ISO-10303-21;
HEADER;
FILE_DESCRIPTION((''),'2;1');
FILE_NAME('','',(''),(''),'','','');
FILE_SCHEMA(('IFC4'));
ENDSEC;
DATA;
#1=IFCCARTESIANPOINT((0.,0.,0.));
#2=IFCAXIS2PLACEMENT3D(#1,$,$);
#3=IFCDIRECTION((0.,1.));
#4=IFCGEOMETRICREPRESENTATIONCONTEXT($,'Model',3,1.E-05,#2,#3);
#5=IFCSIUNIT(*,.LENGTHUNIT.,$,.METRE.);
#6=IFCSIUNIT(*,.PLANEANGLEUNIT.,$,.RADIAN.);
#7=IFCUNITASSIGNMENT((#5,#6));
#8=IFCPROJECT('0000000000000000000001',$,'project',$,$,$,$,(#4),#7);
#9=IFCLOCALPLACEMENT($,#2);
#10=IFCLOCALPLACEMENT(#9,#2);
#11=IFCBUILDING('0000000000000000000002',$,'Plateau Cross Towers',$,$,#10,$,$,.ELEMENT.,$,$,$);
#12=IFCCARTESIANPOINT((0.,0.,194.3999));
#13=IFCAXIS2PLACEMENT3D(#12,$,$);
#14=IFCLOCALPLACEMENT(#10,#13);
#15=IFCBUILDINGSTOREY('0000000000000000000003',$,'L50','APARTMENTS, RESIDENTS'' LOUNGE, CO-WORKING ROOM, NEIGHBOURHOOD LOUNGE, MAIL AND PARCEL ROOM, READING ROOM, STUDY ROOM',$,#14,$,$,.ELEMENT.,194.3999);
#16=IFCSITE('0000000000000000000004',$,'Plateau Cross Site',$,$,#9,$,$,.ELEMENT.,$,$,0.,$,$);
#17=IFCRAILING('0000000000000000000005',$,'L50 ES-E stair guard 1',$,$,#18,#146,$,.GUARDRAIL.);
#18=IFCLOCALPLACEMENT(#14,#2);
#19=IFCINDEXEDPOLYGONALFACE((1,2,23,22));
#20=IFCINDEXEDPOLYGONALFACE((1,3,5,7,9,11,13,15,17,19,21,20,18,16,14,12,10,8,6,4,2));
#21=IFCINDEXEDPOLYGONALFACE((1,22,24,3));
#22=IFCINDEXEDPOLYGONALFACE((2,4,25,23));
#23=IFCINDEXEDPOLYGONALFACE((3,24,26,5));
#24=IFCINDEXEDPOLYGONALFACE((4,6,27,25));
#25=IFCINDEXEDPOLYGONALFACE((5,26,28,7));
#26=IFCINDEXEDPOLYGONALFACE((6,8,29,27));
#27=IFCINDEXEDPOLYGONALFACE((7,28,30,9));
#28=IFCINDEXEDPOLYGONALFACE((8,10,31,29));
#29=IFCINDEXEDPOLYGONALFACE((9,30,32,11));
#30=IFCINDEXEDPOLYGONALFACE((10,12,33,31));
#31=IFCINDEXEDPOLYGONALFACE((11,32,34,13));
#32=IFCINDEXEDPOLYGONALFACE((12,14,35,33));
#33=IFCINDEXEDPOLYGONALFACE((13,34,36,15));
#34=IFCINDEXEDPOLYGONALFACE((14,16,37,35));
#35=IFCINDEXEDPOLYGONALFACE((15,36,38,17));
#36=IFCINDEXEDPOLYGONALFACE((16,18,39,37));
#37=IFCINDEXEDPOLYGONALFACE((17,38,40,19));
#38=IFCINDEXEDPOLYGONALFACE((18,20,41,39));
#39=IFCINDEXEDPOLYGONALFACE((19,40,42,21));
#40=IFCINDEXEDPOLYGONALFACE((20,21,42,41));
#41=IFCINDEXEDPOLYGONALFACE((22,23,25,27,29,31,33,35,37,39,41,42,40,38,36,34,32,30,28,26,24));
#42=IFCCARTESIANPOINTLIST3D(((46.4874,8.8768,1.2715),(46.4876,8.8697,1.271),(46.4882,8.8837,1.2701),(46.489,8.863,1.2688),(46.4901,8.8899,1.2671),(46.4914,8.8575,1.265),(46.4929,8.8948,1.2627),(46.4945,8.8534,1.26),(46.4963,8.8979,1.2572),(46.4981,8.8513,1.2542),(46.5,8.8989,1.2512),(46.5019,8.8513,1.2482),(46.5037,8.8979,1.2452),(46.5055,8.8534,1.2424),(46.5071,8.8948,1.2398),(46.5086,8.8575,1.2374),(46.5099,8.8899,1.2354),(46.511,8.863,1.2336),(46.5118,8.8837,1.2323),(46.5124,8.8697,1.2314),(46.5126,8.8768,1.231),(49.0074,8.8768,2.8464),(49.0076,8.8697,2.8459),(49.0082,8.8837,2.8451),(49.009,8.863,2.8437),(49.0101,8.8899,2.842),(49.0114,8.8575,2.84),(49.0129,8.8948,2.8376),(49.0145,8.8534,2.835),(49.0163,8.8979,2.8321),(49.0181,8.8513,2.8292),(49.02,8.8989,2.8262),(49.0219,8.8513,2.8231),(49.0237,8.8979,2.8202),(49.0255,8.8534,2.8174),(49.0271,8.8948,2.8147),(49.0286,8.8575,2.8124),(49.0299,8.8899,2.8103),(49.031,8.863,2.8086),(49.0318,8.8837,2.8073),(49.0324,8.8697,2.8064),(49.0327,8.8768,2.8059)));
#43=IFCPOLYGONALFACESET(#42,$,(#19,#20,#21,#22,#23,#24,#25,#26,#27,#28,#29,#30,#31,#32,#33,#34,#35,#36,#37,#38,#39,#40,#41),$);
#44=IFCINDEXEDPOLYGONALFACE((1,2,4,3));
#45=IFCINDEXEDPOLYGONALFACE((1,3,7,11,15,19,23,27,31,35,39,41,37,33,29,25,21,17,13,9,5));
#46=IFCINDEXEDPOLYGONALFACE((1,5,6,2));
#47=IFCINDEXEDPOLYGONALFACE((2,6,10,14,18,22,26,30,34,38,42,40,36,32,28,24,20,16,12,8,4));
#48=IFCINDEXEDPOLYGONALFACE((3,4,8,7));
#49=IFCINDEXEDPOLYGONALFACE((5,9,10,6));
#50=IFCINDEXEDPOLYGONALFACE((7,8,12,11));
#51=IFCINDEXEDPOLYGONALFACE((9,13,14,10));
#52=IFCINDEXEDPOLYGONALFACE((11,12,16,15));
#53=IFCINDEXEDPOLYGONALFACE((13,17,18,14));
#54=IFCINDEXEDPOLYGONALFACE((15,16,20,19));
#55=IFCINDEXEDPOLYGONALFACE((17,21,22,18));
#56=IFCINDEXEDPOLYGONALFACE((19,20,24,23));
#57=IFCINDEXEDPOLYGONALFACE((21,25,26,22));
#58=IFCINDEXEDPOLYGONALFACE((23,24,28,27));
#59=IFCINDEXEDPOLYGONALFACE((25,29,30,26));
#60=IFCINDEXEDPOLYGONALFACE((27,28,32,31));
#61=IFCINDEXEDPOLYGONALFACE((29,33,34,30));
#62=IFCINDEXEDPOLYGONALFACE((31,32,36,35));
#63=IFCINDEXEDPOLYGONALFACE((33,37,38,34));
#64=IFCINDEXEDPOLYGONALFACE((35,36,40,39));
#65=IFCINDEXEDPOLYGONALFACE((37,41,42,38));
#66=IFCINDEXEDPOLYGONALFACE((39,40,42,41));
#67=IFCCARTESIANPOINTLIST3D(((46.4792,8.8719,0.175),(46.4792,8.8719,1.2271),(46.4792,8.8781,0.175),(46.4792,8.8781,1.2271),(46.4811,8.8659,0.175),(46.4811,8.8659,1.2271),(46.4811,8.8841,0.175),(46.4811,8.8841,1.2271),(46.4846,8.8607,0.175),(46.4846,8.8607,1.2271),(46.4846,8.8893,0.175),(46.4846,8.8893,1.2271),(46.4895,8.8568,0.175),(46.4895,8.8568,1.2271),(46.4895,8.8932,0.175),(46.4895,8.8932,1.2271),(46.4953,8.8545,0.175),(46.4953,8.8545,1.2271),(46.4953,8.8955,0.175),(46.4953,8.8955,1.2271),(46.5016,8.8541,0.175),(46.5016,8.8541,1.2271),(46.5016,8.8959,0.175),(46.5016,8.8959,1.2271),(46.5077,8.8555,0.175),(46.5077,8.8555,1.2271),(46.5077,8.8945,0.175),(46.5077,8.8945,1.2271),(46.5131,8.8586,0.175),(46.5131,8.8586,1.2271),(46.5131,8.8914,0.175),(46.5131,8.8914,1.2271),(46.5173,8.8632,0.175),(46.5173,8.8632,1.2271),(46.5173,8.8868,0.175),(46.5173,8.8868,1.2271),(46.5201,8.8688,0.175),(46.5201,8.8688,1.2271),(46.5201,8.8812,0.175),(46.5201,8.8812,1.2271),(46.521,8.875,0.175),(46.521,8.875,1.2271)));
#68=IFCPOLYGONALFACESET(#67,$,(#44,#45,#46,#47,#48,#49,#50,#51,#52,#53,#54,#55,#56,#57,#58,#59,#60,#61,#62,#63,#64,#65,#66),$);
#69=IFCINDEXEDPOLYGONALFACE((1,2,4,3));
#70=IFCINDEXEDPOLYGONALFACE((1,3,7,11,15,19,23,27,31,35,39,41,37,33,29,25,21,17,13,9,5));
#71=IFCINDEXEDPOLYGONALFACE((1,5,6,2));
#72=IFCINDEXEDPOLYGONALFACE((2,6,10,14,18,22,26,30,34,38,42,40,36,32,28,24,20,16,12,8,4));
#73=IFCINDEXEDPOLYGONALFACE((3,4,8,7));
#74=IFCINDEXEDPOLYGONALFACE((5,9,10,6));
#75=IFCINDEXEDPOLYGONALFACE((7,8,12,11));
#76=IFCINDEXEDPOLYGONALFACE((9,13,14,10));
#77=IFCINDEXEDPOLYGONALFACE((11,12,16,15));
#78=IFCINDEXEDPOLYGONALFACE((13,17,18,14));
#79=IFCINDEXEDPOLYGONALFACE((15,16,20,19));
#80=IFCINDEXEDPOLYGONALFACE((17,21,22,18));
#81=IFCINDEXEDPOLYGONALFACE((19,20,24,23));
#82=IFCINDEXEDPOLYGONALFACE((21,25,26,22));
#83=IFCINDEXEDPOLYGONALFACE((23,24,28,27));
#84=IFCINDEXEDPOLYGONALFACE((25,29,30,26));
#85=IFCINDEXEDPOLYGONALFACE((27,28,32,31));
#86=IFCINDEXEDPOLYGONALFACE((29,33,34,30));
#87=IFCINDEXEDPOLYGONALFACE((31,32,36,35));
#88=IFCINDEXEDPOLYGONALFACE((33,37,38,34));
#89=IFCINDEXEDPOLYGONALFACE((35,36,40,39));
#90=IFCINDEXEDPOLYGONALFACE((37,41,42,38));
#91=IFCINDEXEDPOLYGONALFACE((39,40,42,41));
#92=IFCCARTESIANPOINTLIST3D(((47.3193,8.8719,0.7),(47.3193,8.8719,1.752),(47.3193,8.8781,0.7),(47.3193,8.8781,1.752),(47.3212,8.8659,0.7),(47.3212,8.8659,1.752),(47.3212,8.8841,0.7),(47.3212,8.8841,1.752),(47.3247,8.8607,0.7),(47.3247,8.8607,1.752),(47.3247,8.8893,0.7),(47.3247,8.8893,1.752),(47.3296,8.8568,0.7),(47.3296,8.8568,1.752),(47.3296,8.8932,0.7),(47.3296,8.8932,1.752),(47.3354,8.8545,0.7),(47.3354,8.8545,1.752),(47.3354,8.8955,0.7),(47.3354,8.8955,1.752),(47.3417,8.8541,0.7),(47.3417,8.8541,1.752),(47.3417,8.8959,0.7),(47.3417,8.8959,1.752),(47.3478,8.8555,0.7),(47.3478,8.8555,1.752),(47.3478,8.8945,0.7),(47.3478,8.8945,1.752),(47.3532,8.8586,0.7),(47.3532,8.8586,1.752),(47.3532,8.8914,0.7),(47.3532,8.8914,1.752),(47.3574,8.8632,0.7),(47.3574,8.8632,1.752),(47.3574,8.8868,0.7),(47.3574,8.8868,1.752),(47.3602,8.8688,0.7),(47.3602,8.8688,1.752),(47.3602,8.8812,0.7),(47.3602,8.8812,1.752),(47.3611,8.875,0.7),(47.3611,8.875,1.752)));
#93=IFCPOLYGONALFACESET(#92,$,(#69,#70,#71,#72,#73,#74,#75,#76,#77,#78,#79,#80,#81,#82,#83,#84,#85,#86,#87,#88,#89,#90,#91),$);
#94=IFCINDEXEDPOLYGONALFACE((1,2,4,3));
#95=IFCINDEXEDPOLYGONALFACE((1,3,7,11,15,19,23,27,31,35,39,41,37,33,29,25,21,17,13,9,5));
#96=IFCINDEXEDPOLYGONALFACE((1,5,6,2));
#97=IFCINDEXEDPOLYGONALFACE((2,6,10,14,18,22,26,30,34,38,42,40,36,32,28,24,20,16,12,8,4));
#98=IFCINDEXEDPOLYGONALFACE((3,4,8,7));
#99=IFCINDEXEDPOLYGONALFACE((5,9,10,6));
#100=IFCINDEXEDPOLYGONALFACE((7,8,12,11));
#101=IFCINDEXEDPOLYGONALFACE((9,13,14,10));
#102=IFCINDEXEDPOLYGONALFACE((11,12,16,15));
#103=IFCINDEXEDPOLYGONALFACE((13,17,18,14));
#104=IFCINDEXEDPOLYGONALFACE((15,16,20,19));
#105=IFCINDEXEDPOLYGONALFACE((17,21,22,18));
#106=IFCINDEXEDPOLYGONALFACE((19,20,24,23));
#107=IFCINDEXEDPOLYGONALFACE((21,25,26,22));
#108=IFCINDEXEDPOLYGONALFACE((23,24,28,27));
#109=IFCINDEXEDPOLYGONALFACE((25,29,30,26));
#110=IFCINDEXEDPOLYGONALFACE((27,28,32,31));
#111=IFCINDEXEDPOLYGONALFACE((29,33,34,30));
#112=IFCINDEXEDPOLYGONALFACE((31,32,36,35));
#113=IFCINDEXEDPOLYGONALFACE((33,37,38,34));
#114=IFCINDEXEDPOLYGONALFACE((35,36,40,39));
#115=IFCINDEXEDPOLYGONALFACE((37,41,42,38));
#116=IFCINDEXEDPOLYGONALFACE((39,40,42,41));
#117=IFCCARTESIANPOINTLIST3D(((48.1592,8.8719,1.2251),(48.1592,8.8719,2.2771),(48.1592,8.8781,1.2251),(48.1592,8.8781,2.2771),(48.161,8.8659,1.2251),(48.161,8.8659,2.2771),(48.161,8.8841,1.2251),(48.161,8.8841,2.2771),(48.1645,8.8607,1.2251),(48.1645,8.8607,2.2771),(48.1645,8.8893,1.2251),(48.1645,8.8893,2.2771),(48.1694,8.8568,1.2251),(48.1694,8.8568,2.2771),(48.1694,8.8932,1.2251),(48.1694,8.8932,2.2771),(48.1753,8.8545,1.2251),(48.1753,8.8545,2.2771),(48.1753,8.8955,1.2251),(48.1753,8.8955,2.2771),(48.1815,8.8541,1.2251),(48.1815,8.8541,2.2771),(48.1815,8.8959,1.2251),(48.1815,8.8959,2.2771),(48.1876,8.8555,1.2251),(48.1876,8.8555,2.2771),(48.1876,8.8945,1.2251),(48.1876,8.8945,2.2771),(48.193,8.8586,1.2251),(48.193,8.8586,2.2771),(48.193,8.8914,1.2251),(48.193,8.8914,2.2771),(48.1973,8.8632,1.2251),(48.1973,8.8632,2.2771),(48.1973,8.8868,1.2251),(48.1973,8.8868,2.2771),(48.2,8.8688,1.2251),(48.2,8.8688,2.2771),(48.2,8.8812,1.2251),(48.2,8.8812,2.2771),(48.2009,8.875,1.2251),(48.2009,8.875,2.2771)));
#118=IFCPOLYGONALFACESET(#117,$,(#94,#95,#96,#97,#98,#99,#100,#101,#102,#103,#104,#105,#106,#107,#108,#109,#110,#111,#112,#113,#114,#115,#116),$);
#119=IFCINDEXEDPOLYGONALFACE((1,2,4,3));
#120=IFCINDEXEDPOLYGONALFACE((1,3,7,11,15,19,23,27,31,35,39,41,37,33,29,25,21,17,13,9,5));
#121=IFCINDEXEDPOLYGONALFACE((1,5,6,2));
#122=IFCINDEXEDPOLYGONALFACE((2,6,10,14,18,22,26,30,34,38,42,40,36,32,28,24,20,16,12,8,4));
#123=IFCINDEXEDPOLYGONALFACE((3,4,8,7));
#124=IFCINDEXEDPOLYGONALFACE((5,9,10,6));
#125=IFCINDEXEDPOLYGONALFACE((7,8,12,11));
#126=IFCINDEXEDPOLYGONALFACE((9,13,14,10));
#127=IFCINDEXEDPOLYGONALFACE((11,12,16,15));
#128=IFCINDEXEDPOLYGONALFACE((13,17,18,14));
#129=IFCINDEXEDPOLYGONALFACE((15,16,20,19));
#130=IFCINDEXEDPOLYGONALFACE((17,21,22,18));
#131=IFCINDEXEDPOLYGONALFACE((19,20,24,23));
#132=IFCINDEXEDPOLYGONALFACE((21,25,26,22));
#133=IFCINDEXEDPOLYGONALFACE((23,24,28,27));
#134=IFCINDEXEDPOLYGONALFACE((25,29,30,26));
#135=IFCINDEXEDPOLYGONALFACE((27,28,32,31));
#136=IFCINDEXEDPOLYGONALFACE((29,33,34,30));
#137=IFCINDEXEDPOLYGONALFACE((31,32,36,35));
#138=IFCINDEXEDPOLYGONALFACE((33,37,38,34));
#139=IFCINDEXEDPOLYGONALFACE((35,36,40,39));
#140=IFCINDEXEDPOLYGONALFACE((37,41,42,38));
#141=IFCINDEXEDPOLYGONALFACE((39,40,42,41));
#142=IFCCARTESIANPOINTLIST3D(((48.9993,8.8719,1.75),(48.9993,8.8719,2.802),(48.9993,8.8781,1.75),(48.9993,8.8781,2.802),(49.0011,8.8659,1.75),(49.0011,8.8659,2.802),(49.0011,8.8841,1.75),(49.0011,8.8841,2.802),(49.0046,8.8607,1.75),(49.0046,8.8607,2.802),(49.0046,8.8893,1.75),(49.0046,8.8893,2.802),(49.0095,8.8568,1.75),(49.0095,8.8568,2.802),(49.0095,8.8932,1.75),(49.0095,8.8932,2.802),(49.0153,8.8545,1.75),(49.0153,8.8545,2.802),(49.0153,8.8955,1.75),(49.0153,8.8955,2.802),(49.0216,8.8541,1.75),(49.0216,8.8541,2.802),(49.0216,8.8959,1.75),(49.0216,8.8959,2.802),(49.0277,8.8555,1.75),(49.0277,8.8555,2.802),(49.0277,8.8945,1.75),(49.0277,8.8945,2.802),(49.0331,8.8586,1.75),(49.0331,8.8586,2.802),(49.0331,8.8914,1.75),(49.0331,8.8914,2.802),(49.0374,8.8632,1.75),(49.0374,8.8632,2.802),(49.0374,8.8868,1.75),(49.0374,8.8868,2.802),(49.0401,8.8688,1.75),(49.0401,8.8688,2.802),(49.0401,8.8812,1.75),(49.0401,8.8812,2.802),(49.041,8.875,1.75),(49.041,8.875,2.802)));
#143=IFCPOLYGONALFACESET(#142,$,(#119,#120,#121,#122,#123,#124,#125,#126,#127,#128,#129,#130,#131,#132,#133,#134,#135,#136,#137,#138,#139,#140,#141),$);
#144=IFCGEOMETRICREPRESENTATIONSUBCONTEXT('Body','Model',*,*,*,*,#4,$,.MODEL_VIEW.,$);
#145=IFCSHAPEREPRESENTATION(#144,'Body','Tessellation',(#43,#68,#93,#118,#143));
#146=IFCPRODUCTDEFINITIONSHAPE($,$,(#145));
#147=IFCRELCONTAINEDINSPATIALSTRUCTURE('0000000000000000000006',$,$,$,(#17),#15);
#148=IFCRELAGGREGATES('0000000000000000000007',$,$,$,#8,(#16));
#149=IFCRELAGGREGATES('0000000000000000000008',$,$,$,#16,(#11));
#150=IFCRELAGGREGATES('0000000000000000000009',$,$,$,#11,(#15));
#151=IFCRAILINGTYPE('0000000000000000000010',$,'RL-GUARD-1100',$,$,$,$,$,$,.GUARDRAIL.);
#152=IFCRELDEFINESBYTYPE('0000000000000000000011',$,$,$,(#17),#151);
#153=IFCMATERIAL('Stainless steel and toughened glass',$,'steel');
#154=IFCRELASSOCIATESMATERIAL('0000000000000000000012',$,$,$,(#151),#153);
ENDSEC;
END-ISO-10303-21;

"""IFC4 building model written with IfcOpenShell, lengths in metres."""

from ifc_helpers import new_model, si_unit, direction, frame, origin, origin_2d, place, context, subcontext, project, spatial, circle, extrude, material, type_object, element, save


model = new_model("IFC4")

# Units and contexts
model_context = context("Model", 3, precision=1e-05, world=origin(), true_north=direction((0.0, 1.0)))
body_context = subcontext(model_context, "Body", "Model", "MODEL_VIEW")
ifc_project = project(units=[si_unit("LENGTHUNIT", "METRE"), si_unit("PLANEANGLEUNIT", "RADIAN")], contexts=[model_context])

# Site, building, storey
site_placement = place(None, origin())
site = spatial("IfcSite", under=ifc_project, at=site_placement, Name="Plateau Cross Site", CompositionType="ELEMENT", RefElevation=0.0)
building_placement = place(site_placement, origin())
building = spatial("IfcBuilding", under=site, at=building_placement, Name="Plateau Cross Towers", CompositionType="ELEMENT")
storey_placement = place(building_placement, frame((0.0, 0.0, 194.3999)))
storey = spatial("IfcBuildingStorey", under=building, at=storey_placement, Name="L50", Description="APARTMENTS, RESIDENTS' LOUNGE, CO-WORKING ROOM, NEIGHBOURHOOD LOUNGE, MAIL AND PARCEL ROOM, READING ROOM, STUDY ROOM", CompositionType="ELEMENT", Elevation=194.3999)

# Railing
ifc_material_1 = material(Name="Stainless steel and toughened glass", Category="steel")
railing_type_1 = type_object("IfcRailingType", Name="RL-GUARD-1100", PredefinedType="GUARDRAIL", material=ifc_material_1)
railing_1_placement = place(storey_placement, frame((46.5, 8.875, 0.175)))
element("IfcRailing", 1, at=railing_1_placement, inside=storey, type_object=railing_type_1, Name="L50 ES-E stair guard 1", PredefinedType="GUARDRAIL", context=body_context, shape_type="SweptSolid", body=[
    extrude(circle(Radius=0.0239, at=origin_2d()), frame((0.0, 0.0, 1.0762), z_axis=(0.848008, 0.0, 0.529984), x_axis=(0.0, 1.0, 0.0)), (0.0, 0.0, 1.0), 2.9717),
    extrude(circle(Radius=0.021, at=origin_2d()), origin(), (0.0, 0.0, 1.0), 1.052),
    extrude(circle(Radius=0.021, at=origin_2d()), frame((0.8401, 0.0, 0.5249)), (0.0, 0.0, 1.0), 1.052),
    extrude(circle(Radius=0.021, at=origin_2d()), frame((1.6799, 0.0, 1.05)), (0.0, 0.0, 1.0), 1.052),
    extrude(circle(Radius=0.021, at=origin_2d()), frame((2.52, 0.0, 1.575)), (0.0, 0.0, 1.0), 1.052),
])

save(model, "model.ifc")
